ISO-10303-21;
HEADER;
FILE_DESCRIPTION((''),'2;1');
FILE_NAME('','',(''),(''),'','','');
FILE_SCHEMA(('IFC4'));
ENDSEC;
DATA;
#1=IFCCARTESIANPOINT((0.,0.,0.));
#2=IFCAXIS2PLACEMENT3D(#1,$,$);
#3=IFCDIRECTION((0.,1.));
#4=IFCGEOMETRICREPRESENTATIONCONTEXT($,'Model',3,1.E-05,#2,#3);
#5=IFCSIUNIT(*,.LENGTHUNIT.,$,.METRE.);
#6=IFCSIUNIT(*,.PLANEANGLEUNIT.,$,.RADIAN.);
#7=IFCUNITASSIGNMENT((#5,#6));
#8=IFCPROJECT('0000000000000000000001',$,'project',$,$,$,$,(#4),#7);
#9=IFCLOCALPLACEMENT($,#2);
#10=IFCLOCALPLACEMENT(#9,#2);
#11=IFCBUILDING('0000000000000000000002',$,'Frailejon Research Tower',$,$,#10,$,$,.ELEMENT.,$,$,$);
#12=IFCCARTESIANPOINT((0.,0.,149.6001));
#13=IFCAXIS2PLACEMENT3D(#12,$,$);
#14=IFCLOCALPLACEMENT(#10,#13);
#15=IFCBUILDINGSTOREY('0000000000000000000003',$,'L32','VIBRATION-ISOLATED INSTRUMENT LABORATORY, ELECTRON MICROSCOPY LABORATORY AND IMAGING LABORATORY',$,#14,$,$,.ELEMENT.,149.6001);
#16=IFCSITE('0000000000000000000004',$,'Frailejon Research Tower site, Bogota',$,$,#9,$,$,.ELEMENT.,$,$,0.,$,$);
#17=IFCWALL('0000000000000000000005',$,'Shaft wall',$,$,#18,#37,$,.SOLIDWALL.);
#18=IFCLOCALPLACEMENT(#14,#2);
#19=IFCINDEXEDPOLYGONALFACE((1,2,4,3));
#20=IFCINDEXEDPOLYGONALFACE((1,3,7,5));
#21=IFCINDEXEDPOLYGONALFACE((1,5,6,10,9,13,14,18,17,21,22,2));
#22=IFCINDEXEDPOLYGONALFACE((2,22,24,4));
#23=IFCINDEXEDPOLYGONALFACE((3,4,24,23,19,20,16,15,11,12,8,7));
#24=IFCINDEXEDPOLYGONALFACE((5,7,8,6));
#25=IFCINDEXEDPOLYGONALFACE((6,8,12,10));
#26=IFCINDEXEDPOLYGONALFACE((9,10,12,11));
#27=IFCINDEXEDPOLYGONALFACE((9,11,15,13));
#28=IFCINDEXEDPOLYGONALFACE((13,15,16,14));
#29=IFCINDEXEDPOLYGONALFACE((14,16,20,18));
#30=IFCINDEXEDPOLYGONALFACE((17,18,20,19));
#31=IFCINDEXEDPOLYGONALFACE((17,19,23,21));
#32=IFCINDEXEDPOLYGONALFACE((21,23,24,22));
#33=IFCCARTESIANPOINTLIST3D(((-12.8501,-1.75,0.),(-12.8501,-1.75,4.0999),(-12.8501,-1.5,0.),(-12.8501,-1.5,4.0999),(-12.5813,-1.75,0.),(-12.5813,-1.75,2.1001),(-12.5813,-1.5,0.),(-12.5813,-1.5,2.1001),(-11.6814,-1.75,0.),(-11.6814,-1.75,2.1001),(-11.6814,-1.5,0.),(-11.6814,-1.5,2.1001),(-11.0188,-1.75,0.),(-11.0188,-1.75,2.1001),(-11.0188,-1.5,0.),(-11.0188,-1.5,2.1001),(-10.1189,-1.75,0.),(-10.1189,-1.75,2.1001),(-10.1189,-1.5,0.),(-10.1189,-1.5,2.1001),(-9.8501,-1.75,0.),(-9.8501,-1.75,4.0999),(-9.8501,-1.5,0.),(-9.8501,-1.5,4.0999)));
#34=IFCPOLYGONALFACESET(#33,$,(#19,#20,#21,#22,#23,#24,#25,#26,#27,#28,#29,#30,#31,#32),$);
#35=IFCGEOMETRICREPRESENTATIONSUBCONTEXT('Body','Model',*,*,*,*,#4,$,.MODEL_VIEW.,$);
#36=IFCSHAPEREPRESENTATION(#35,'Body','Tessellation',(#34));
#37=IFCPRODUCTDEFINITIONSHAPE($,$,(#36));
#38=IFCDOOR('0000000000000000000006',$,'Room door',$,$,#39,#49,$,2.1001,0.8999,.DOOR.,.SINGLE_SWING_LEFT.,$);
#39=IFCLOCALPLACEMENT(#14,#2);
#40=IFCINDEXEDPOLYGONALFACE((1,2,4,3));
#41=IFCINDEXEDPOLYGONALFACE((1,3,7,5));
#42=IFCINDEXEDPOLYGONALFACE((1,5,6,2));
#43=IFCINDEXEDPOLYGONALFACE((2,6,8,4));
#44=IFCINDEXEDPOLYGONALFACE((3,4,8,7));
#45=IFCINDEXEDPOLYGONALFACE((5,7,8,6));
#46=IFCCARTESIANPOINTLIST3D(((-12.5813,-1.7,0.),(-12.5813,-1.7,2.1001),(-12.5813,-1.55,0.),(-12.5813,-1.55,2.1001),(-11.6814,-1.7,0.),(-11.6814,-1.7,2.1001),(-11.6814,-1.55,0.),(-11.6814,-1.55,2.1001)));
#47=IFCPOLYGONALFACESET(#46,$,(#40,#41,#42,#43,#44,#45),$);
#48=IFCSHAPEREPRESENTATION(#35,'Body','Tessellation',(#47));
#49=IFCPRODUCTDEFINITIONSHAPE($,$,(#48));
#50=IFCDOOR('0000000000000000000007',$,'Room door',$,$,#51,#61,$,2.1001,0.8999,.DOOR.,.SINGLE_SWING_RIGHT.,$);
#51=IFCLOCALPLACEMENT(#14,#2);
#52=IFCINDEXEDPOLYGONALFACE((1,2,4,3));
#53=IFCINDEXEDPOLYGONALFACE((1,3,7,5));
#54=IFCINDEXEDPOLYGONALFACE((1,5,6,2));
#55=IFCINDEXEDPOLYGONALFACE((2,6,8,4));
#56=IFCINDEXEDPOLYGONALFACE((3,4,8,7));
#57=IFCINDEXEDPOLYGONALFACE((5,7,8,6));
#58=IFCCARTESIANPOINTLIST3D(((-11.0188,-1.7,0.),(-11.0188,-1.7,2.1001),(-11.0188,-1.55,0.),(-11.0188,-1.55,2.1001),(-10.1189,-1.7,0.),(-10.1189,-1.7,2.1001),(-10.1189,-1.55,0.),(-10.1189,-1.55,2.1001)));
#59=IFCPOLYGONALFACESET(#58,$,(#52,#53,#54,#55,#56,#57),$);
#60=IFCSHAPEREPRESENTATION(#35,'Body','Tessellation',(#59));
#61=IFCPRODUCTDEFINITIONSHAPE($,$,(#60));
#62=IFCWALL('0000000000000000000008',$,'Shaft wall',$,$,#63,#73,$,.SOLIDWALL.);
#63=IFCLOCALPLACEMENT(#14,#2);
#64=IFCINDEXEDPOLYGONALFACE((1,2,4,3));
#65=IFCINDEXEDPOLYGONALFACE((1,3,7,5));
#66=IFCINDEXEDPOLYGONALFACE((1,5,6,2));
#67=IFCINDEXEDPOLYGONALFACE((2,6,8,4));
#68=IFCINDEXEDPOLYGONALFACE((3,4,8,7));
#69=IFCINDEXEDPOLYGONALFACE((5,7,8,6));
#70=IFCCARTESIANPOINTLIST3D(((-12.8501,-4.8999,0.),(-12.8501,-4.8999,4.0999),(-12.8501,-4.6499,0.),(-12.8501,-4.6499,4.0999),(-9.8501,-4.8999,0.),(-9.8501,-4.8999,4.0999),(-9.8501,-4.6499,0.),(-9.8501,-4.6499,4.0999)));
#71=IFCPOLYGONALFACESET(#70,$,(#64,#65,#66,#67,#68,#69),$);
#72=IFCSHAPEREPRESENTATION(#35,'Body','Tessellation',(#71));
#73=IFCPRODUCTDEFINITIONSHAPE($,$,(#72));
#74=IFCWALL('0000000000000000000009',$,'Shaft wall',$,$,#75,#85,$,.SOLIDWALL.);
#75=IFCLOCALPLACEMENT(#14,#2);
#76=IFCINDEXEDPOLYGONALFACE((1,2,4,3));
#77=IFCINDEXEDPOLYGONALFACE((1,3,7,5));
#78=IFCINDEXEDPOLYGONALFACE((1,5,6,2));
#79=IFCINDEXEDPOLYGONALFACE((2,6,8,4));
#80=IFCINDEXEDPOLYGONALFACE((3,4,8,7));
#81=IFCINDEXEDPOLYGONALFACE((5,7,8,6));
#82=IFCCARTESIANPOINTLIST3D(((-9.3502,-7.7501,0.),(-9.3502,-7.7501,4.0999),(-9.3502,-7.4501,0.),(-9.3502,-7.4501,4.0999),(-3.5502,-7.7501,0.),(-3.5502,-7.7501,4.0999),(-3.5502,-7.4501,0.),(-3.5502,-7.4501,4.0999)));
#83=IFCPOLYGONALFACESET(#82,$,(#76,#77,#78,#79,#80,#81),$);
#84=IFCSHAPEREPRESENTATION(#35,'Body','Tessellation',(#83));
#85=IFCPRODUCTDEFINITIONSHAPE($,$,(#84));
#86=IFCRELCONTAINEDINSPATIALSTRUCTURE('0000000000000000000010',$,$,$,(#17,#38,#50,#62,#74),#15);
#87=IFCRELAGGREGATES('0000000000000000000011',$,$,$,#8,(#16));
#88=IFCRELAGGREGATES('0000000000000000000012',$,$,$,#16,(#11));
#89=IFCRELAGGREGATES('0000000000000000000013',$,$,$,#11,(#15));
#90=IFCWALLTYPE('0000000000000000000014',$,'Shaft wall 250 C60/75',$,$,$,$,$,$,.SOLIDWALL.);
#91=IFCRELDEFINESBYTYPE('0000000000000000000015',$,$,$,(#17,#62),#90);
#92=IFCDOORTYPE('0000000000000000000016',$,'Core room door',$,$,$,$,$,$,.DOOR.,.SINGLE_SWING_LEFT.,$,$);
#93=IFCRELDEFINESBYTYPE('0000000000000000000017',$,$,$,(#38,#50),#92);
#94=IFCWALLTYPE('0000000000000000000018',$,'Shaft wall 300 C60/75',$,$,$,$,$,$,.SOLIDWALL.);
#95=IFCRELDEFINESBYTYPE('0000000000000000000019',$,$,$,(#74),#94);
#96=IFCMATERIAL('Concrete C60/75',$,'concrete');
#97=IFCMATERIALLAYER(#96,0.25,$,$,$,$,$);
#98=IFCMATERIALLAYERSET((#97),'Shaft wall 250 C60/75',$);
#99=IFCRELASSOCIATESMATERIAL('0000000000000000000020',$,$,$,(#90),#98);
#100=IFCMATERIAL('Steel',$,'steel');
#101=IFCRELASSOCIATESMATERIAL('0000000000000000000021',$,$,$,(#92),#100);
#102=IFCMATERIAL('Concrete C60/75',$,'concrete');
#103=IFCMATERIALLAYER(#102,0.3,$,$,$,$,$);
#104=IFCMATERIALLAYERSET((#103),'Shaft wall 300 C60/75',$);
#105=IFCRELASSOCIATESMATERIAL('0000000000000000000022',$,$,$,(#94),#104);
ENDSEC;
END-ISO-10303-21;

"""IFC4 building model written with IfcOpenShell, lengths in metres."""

from ifc_helpers import new_model, si_unit, direction, frame, frame_2d, origin, place, context, subcontext, project, spatial, rectangle, extrude, material, layer, layer_set, type_object, element, fill, save


model = new_model("IFC4")

# Units and contexts
model_context = context("Model", 3, precision=1e-05, world=origin(), true_north=direction((0.0, 1.0)))
body_context = subcontext(model_context, "Body", "Model", "MODEL_VIEW")
ifc_project = project(units=[si_unit("LENGTHUNIT", "METRE"), si_unit("PLANEANGLEUNIT", "RADIAN")], contexts=[model_context])

# Site, building, storey
site_placement = place(None, origin())
site = spatial("IfcSite", under=ifc_project, at=site_placement, Name="Frailejon Research Tower site, Bogota", CompositionType="ELEMENT", RefElevation=0.0)
building_placement = place(site_placement, origin())
building = spatial("IfcBuilding", under=site, at=building_placement, Name="Frailejon Research Tower", CompositionType="ELEMENT")
storey_placement = place(building_placement, frame((0.0, 0.0, 149.6001)))
storey = spatial("IfcBuildingStorey", under=building, at=storey_placement, Name="L32", Description="VIBRATION-ISOLATED INSTRUMENT LABORATORY, ELECTRON MICROSCOPY LABORATORY AND IMAGING LABORATORY", CompositionType="ELEMENT", Elevation=149.6001)

# Wall, openings, doors
ifc_material_1 = material(Name="Concrete C60/75", Category="concrete")
ifc_layer_1 = layer(ifc_material_1, 0.25)
ifc_layer_set_1 = layer_set([ifc_layer_1], Name="Shaft wall 250 C60/75")
wall_type_1 = type_object("IfcWallType", Name="Shaft wall 250 C60/75", PredefinedType="SOLIDWALL", material=ifc_layer_set_1)
wall_1_placement = place(storey_placement, frame((-12.8501, -1.625, 0.0), z_axis=(0.0, 0.0, 1.0), x_axis=(1.0, 0.0, 0.0)))
wall_1 = element("IfcWall", 1, at=wall_1_placement, inside=storey, type_object=wall_type_1, Name="Shaft wall", PredefinedType="SOLIDWALL", context=body_context, shape_type="SweptSolid", body=[
    extrude(rectangle(XDim=3.0, YDim=0.25, at=frame_2d((1.5, 0.0))), origin(), (0.0, 0.0, 1.0), 4.0999),
])
opening_1_placement = place(wall_1_placement, frame((0.2688, 0.0, 0.0)))
opening_1 = element("IfcOpeningElement", 2, at=opening_1_placement, cuts=wall_1, PredefinedType="OPENING", context=body_context, shape_type="SweptSolid", body=[
    extrude(rectangle(XDim=0.8999, YDim=2.1001, at=frame_2d((0.45, 1.05))), frame((0.0, 0.135, 0.0), z_axis=(0.0, -1.0, 0.0), x_axis=(1.0, 0.0, 0.0)), (0.0, 0.0, 1.0), 0.27),
])
opening_2_placement = place(wall_1_placement, frame((1.8313, 0.0, 0.0)))
opening_2 = element("IfcOpeningElement", 3, at=opening_2_placement, cuts=wall_1, PredefinedType="OPENING", context=body_context, shape_type="SweptSolid", body=[
    extrude(rectangle(XDim=0.8999, YDim=2.1001, at=frame_2d((0.45, 1.05))), frame((0.0, 0.135, 0.0), z_axis=(0.0, -1.0, 0.0), x_axis=(1.0, 0.0, 0.0)), (0.0, 0.0, 1.0), 0.27),
])
ifc_material_2 = material(Name="Steel", Category="steel")
door_type_1 = type_object("IfcDoorType", Name="Core room door", OperationType="SINGLE_SWING_LEFT", PredefinedType="DOOR", material=ifc_material_2)
door_1_placement = place(opening_1_placement, origin())
door_1 = element("IfcDoor", 4, at=door_1_placement, inside=storey, type_object=door_type_1, Name="Room door", OperationType="SINGLE_SWING_LEFT", OverallHeight=2.1001, OverallWidth=0.8999, PredefinedType="DOOR", context=body_context, shape_type="SweptSolid", body=[
    extrude(rectangle(XDim=0.8999, YDim=2.1001, at=frame_2d((0.45, 1.05))), frame((0.0, 0.075, 0.0), z_axis=(0.0, -1.0, 0.0), x_axis=(1.0, 0.0, 0.0)), (0.0, 0.0, 1.0), 0.1499),
])
fill(opening_1, door_1)
door_2_placement = place(opening_2_placement, origin())
door_2 = element("IfcDoor", 5, at=door_2_placement, inside=storey, type_object=door_type_1, Name="Room door", OperationType="SINGLE_SWING_RIGHT", OverallHeight=2.1001, OverallWidth=0.8999, PredefinedType="DOOR", context=body_context, shape_type="SweptSolid", body=[
    extrude(rectangle(XDim=0.8999, YDim=2.1001, at=frame_2d((0.45, 1.05))), frame((0.0, 0.075, 0.0), z_axis=(0.0, -1.0, 0.0), x_axis=(1.0, 0.0, 0.0)), (0.0, 0.0, 1.0), 0.1499),
])
fill(opening_2, door_2)

# Walls
wall_2_placement = place(storey_placement, frame((-12.8501, -4.7749, 0.0), z_axis=(0.0, 0.0, 1.0), x_axis=(1.0, 0.0, 0.0)))
element("IfcWall", 6, at=wall_2_placement, inside=storey, type_object=wall_type_1, Name="Shaft wall", PredefinedType="SOLIDWALL", context=body_context, shape_type="SweptSolid", body=[
    extrude(rectangle(XDim=3.0, YDim=0.25, at=frame_2d((1.5, 0.0))), origin(), (0.0, 0.0, 1.0), 4.0999),
])
ifc_material_3 = material(Name="Concrete C60/75", Category="concrete")
ifc_layer_2 = layer(ifc_material_3, 0.3)
ifc_layer_set_2 = layer_set([ifc_layer_2], Name="Shaft wall 300 C60/75")
wall_type_2 = type_object("IfcWallType", Name="Shaft wall 300 C60/75", PredefinedType="SOLIDWALL", material=ifc_layer_set_2)
wall_3_placement = place(storey_placement, frame((-9.3501, -7.6001, 0.0), z_axis=(0.0, 0.0, 1.0), x_axis=(1.0, 0.0, 0.0)))
element("IfcWall", 7, at=wall_3_placement, inside=storey, type_object=wall_type_2, Name="Shaft wall", PredefinedType="SOLIDWALL", context=body_context, shape_type="SweptSolid", body=[
    extrude(rectangle(XDim=5.8, YDim=0.3, at=frame_2d((2.8999, 0.0))), origin(), (0.0, 0.0, 1.0), 4.0999),
])

save(model, "model.ifc")
